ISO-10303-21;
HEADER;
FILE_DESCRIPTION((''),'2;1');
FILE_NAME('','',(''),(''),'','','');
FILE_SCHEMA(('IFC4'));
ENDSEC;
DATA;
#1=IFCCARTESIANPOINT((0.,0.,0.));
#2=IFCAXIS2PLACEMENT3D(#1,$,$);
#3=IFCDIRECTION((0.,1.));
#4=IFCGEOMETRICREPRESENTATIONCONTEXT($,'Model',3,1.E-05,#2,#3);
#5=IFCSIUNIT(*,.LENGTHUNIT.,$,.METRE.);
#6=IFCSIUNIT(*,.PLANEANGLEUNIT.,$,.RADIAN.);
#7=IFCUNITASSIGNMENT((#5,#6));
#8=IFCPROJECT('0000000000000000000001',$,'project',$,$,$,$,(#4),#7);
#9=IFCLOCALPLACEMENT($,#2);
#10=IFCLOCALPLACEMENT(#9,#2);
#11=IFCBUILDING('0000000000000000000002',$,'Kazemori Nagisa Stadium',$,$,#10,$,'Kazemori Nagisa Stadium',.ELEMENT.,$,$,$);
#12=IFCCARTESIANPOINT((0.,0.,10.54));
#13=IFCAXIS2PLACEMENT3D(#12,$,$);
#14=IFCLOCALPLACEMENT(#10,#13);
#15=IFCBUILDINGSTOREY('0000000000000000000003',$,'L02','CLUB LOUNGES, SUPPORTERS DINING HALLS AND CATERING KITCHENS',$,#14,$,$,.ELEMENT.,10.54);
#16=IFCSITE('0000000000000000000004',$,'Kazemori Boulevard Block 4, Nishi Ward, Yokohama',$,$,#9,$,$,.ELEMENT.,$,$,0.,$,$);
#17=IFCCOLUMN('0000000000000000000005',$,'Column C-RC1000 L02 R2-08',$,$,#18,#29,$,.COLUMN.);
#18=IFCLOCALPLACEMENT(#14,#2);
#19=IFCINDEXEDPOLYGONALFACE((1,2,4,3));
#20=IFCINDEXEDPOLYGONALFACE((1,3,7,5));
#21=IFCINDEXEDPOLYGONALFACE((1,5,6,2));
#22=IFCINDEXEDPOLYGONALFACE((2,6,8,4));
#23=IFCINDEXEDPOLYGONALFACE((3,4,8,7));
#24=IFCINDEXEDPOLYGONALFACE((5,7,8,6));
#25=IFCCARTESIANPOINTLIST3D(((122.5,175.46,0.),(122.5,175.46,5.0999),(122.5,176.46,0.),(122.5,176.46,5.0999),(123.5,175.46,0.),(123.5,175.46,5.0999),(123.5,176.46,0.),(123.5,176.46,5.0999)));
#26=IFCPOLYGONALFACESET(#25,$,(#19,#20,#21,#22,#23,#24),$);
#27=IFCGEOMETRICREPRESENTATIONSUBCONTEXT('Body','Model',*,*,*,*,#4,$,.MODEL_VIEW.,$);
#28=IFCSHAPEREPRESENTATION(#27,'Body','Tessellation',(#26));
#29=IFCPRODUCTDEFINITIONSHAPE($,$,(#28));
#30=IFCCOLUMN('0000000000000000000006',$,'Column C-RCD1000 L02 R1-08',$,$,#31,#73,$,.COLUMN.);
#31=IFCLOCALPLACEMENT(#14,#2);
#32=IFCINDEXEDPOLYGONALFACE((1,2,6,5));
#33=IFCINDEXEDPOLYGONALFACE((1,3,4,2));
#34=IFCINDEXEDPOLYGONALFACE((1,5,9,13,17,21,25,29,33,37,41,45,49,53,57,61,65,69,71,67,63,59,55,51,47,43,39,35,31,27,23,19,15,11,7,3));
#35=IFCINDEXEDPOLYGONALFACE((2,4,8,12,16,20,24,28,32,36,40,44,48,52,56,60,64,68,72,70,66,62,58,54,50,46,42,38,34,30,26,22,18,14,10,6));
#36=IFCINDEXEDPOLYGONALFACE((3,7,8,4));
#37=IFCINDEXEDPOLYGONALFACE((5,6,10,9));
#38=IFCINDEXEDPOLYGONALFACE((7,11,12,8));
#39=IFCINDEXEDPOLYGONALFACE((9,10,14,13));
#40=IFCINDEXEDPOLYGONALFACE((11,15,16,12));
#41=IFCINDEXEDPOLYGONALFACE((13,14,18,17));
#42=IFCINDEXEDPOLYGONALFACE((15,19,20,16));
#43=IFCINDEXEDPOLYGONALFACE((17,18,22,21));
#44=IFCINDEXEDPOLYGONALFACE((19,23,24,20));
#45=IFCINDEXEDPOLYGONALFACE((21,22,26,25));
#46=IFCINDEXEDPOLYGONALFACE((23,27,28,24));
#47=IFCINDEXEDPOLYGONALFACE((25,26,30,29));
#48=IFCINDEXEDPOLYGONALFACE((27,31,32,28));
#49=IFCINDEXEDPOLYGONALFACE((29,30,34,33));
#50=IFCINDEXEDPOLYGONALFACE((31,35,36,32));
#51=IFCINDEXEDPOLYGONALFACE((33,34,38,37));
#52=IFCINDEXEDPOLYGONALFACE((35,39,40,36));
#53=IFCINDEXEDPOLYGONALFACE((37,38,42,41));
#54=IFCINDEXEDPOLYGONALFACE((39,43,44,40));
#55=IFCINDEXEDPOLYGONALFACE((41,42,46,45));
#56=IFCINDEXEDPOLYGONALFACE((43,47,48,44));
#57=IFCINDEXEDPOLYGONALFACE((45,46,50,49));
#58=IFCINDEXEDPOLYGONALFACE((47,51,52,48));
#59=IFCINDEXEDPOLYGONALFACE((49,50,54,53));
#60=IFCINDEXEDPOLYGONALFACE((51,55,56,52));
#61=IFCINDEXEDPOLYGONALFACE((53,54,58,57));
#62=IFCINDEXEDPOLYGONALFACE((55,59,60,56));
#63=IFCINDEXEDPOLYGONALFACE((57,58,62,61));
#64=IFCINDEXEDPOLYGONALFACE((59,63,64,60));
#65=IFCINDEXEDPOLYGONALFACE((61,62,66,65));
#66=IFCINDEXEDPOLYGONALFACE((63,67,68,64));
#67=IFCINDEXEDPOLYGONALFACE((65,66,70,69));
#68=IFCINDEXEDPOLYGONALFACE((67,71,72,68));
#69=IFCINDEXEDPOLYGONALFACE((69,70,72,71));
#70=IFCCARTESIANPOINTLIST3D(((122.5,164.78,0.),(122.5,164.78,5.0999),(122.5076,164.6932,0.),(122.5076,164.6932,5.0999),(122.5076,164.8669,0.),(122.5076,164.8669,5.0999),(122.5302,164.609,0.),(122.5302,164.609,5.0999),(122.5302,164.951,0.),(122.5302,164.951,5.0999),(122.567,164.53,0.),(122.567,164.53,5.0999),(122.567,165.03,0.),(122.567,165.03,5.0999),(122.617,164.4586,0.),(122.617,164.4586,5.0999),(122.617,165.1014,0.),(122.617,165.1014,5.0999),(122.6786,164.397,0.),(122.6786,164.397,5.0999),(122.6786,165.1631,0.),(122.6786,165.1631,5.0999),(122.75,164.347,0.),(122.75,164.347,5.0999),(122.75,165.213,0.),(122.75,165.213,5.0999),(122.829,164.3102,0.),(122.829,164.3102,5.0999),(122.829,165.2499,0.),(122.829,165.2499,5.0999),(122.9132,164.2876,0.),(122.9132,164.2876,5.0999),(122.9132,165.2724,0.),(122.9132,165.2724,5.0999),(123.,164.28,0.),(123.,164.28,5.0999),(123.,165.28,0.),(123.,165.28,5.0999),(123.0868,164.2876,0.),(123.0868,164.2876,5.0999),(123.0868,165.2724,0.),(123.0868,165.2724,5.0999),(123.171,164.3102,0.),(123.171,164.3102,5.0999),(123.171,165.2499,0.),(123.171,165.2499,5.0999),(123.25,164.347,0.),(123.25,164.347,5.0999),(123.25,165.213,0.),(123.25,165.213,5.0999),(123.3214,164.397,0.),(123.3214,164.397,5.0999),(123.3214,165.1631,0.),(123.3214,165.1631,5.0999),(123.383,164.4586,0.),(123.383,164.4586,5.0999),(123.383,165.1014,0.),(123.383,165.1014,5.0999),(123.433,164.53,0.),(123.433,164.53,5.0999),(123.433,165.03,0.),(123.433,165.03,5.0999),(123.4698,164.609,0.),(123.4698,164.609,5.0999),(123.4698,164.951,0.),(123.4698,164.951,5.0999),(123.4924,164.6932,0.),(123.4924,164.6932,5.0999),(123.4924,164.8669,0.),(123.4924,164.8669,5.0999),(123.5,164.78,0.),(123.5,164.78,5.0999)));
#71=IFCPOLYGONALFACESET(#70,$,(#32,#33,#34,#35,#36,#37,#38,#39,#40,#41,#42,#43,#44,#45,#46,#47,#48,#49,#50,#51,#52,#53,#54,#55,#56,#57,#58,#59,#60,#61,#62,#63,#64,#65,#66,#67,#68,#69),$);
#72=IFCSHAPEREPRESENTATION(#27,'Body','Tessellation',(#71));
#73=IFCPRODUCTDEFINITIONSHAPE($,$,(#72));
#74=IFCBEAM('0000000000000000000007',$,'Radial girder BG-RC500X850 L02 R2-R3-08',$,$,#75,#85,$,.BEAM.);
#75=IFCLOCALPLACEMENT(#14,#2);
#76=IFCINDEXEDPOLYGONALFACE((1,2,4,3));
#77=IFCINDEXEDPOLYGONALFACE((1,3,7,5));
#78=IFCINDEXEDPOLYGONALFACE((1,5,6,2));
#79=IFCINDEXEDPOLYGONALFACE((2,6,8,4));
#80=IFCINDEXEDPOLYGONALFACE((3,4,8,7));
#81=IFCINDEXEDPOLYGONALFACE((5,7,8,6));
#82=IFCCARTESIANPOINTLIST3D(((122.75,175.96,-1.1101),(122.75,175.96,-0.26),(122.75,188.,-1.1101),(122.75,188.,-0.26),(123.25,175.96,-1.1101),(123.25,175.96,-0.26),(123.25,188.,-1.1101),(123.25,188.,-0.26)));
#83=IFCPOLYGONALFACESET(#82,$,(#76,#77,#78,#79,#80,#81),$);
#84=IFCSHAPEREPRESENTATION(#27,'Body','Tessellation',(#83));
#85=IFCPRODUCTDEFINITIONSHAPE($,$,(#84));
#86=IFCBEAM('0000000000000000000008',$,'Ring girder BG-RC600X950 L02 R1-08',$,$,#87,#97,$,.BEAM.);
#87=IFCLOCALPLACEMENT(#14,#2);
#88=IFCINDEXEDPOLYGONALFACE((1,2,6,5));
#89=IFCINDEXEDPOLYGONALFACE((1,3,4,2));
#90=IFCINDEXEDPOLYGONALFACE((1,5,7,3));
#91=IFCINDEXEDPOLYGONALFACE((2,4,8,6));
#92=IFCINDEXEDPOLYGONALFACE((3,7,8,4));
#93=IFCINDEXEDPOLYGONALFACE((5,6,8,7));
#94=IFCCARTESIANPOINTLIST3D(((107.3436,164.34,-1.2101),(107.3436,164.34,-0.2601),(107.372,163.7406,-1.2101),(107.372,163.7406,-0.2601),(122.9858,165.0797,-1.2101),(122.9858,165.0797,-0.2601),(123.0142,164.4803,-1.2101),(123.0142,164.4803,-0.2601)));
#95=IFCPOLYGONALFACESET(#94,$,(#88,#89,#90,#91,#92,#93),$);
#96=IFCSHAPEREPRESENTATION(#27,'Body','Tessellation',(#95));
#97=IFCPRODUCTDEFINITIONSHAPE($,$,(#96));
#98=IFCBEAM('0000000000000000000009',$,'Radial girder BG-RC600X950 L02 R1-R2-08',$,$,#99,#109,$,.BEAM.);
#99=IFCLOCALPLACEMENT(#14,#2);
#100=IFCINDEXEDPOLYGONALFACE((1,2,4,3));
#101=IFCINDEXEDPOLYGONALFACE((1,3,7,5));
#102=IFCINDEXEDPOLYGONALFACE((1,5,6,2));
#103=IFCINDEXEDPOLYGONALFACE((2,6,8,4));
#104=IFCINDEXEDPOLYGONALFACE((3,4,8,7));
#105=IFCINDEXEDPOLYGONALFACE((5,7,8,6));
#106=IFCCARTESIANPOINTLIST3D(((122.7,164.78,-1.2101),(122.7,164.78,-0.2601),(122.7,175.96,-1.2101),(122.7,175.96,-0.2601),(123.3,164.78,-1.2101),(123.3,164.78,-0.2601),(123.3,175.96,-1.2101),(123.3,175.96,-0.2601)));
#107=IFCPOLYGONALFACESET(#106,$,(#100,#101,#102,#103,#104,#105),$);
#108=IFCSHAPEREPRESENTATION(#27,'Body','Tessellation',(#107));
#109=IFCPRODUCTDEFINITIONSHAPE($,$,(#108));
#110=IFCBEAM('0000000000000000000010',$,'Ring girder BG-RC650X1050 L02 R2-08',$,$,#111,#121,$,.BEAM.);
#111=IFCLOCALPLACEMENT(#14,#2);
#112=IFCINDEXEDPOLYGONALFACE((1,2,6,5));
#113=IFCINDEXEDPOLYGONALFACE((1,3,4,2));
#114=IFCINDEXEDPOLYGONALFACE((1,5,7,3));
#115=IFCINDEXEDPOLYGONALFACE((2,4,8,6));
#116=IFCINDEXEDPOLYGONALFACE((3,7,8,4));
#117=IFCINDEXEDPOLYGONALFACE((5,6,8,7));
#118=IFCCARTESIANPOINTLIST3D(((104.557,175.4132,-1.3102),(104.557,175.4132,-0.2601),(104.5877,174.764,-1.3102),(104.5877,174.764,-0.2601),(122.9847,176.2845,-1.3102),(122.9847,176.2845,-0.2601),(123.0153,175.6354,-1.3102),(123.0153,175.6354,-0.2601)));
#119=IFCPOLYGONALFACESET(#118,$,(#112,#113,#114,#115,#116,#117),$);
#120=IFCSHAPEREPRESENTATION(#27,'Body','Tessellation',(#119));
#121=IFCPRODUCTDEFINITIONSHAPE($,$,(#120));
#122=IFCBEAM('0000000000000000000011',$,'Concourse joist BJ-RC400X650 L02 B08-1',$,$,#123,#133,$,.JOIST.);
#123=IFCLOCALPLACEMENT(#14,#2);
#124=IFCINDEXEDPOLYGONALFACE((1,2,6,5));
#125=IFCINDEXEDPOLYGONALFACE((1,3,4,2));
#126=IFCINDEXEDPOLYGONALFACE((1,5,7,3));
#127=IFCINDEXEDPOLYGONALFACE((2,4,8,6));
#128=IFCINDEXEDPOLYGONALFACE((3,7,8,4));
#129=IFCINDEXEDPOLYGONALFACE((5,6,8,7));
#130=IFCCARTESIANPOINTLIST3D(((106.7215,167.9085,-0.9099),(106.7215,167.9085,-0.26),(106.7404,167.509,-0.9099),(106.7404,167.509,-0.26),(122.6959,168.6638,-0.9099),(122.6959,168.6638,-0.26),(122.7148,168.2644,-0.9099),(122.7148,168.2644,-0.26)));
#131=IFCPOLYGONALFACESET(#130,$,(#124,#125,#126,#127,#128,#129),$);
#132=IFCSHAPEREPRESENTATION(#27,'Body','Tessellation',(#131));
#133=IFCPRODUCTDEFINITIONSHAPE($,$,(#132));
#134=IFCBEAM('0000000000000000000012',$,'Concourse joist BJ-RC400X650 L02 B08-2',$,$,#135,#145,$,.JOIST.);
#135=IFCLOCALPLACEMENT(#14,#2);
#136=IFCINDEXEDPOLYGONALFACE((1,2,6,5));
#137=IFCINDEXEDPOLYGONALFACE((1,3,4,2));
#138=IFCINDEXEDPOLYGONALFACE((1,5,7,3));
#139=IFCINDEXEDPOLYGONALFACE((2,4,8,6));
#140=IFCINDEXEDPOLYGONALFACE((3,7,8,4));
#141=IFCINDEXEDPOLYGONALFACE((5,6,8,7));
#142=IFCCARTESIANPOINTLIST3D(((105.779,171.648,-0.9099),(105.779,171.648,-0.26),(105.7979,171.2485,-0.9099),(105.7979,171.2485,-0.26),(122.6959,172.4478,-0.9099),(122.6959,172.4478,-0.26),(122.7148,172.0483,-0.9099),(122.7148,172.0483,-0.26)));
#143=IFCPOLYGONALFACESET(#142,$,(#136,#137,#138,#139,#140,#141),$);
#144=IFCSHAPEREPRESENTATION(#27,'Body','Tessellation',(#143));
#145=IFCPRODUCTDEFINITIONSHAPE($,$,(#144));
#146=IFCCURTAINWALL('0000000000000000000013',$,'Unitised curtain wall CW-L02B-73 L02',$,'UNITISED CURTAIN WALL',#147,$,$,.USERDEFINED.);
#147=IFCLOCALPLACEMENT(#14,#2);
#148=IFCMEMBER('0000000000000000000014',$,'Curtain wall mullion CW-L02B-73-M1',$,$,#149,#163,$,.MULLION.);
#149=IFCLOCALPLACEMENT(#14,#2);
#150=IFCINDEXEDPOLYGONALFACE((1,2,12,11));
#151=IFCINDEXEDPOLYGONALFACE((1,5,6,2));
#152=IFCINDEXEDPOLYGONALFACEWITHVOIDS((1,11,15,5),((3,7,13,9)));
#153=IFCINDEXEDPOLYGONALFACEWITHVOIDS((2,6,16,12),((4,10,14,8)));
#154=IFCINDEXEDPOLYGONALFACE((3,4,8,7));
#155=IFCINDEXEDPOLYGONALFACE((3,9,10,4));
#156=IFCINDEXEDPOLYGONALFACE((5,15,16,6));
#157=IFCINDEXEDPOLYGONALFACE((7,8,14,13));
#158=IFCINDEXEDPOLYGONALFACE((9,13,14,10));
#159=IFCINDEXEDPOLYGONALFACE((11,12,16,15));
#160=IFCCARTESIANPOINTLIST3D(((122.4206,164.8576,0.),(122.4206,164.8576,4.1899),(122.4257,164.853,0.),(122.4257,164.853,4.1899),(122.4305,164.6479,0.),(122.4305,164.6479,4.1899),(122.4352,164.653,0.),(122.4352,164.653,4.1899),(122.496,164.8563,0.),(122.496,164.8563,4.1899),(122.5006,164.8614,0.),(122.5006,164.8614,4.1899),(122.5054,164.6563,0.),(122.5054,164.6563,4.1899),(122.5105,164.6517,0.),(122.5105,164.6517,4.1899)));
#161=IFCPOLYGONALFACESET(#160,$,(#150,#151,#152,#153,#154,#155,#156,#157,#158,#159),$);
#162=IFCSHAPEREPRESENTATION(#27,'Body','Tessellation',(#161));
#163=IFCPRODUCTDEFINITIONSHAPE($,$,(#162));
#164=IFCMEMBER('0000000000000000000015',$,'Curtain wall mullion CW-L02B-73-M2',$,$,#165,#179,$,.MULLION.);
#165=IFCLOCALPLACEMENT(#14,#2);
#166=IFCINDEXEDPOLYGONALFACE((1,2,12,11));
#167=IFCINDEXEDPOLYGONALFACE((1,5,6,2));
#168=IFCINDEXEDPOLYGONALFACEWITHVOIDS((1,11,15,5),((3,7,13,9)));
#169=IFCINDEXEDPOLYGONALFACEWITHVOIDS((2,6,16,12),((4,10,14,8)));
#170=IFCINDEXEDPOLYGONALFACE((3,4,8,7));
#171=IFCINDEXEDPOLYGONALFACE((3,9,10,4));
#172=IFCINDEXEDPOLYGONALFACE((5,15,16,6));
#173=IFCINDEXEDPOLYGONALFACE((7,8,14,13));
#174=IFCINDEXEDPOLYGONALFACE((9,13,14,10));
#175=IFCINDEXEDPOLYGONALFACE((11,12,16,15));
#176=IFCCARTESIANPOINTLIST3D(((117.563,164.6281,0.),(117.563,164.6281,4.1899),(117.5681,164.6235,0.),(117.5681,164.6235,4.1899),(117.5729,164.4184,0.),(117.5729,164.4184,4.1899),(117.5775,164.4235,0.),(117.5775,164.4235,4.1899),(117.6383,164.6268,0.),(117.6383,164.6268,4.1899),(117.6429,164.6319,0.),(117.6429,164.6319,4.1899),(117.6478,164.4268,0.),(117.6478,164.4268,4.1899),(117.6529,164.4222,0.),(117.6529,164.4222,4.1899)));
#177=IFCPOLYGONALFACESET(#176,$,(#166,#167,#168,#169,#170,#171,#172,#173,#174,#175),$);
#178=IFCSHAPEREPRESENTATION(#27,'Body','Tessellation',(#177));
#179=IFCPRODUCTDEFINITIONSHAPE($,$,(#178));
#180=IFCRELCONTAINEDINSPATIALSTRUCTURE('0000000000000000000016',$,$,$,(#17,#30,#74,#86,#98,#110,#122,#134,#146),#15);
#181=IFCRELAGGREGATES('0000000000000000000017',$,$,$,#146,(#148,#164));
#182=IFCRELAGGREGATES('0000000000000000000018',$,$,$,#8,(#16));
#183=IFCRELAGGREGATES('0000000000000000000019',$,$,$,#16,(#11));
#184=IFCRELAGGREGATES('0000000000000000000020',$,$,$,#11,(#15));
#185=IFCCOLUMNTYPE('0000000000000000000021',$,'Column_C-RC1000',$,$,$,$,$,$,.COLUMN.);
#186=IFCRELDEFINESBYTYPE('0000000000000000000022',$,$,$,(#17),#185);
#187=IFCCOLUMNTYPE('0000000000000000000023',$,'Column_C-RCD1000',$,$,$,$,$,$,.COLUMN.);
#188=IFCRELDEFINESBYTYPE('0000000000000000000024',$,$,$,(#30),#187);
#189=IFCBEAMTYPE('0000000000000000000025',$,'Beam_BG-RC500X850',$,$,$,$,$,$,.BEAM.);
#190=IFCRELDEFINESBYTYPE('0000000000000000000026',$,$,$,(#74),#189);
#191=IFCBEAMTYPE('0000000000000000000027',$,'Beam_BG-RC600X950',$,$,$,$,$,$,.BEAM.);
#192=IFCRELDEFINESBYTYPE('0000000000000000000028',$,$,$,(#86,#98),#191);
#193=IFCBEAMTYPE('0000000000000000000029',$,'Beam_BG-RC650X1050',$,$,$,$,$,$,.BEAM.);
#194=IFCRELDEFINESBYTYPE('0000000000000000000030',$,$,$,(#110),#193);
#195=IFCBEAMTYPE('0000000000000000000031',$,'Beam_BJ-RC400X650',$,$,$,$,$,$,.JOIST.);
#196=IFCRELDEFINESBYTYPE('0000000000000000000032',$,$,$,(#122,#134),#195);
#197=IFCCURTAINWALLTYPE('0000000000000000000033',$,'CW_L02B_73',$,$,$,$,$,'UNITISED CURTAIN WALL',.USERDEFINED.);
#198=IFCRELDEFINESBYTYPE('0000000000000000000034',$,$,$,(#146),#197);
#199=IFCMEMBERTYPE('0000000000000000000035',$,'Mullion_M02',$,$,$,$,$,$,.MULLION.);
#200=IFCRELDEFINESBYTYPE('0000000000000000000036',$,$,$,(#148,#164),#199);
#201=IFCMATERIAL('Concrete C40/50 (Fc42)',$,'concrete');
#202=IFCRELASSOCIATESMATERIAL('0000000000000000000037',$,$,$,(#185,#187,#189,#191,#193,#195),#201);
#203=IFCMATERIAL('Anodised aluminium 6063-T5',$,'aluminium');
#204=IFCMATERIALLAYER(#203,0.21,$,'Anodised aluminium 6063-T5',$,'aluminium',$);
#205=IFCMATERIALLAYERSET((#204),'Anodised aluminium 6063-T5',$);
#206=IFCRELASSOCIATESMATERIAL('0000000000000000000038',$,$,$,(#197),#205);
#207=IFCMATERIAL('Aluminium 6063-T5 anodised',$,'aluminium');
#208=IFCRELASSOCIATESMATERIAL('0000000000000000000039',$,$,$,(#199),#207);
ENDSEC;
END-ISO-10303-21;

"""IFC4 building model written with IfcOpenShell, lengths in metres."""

from ifc_helpers import new_model, si_unit, direction, frame, origin, origin_2d, place, context, subcontext, project, spatial, rectangle, hollow_rectangle, circle, extrude, material, layer, layer_set, material_profile, profile_set, type_object, element, aggregate, save


model = new_model("IFC4")

# Units and contexts
model_context = context("Model", 3, precision=1e-05, world=origin(), true_north=direction((0.0, 1.0)))
body_context = subcontext(model_context, "Body", "Model", "MODEL_VIEW")
ifc_project = project(units=[si_unit("LENGTHUNIT", "METRE"), si_unit("PLANEANGLEUNIT", "RADIAN")], contexts=[model_context])

# Site, building, storey
site_placement = place(None, origin())
site = spatial("IfcSite", under=ifc_project, at=site_placement, Name="Kazemori Boulevard Block 4, Nishi Ward, Yokohama", CompositionType="ELEMENT", RefElevation=0.0)
building_placement = place(site_placement, origin())
building = spatial("IfcBuilding", under=site, at=building_placement, Name="Kazemori Nagisa Stadium", LongName="Kazemori Nagisa Stadium", CompositionType="ELEMENT")
storey_placement = place(building_placement, frame((0.0, 0.0, 10.54)))
storey = spatial("IfcBuildingStorey", under=building, at=storey_placement, Name="L02", Description="CLUB LOUNGES, SUPPORTERS DINING HALLS AND CATERING KITCHENS", CompositionType="ELEMENT", Elevation=10.54)

# Columns
ifc_material_1 = material(Name="Concrete C40/50 (Fc42)", Category="concrete")
ifc_material_profile_1 = material_profile(ifc_material_1, rectangle(XDim=1.0, YDim=1.0, at=origin_2d()), Name="RC-COL-1000x1000")
ifc_profile_set_1 = profile_set([ifc_material_profile_1], Name="Concrete C40/50 (Fc42)")
column_type_1 = type_object("IfcColumnType", Name="Column_C-RC1000", PredefinedType="COLUMN", material=ifc_profile_set_1)
column_1_placement = place(storey_placement, frame((123.0, 175.96, 0.0), z_axis=(0.0, 0.0, 1.0), x_axis=(0.0, 1.0, 0.0)))
element("IfcColumn", 1, at=column_1_placement, inside=storey, type_object=column_type_1, Name="Column C-RC1000 L02 R2-08", PredefinedType="COLUMN", context=body_context, shape_type="SweptSolid", body=[
    extrude(rectangle(XDim=1.0, YDim=1.0, at=origin_2d()), origin(), (0.0, 0.0, 1.0), 5.0999),
])
ifc_material_profile_2 = material_profile(ifc_material_1, circle(Radius=0.5, at=origin_2d()), Name="RC-COL-D1000")
ifc_profile_set_2 = profile_set([ifc_material_profile_2], Name="Concrete C40/50 (Fc42)")
column_type_2 = type_object("IfcColumnType", Name="Column_C-RCD1000", PredefinedType="COLUMN", material=ifc_profile_set_2)
column_2_placement = place(storey_placement, frame((123.0, 164.78, 0.0), z_axis=(0.0, 0.0, 1.0), x_axis=(0.0, 1.0, 0.0)))
element("IfcColumn", 2, at=column_2_placement, inside=storey, type_object=column_type_2, Name="Column C-RCD1000 L02 R1-08", PredefinedType="COLUMN", context=body_context, shape_type="SweptSolid", body=[
    extrude(circle(Radius=0.5, at=origin_2d()), origin(), (0.0, 0.0, 1.0), 5.0999),
])

# Beams
ifc_material_profile_3 = material_profile(ifc_material_1, rectangle(XDim=0.5, YDim=0.8501, at=origin_2d()), Name="RC-BM-500x850")
ifc_profile_set_3 = profile_set([ifc_material_profile_3], Name="Concrete C40/50 (Fc42)")
beam_type_1 = type_object("IfcBeamType", Name="Beam_BG-RC500X850", PredefinedType="BEAM", material=ifc_profile_set_3)
beam_1_placement = place(storey_placement, frame((123.0, 175.96, -0.6851), z_axis=(0.0, 1.0, 0.0), x_axis=(-1.0, 0.0, 0.0)))
element("IfcBeam", 3, at=beam_1_placement, inside=storey, type_object=beam_type_1, Name="Radial girder BG-RC500X850 L02 R2-R3-08", PredefinedType="BEAM", context=body_context, shape_type="SweptSolid", body=[
    extrude(rectangle(XDim=0.5, YDim=0.8501, at=origin_2d()), origin(), (0.0, 0.0, 1.0), 12.04),
])
ifc_material_profile_4 = material_profile(ifc_material_1, rectangle(XDim=0.6001, YDim=0.95, at=origin_2d()), Name="RC-BM-600x950")
ifc_profile_set_4 = profile_set([ifc_material_profile_4], Name="Concrete C40/50 (Fc42)")
beam_type_2 = type_object("IfcBeamType", Name="Beam_BG-RC600X950", PredefinedType="BEAM", material=ifc_profile_set_4)
beam_2_placement = place(storey_placement, frame((123.0, 164.78, -0.7351), z_axis=(-0.998884, -0.047239, 0.0), x_axis=(0.047239, -0.998884, 0.0)))
element("IfcBeam", 4, at=beam_2_placement, inside=storey, type_object=beam_type_2, Name="Ring girder BG-RC600X950 L02 R1-08", PredefinedType="BEAM", context=body_context, shape_type="SweptSolid", body=[
    extrude(rectangle(XDim=0.6001, YDim=0.95, at=origin_2d()), origin(), (0.0, 0.0, 1.0), 15.6597),
])
beam_3_placement = place(storey_placement, frame((123.0, 164.78, -0.7351), z_axis=(0.0, 1.0, 0.0), x_axis=(-1.0, 0.0, 0.0)))
element("IfcBeam", 5, at=beam_3_placement, inside=storey, type_object=beam_type_2, Name="Radial girder BG-RC600X950 L02 R1-R2-08", PredefinedType="BEAM", context=body_context, shape_type="SweptSolid", body=[
    extrude(rectangle(XDim=0.6001, YDim=0.95, at=origin_2d()), origin(), (0.0, 0.0, 1.0), 11.1799),
])
ifc_material_profile_5 = material_profile(ifc_material_1, rectangle(XDim=0.6499, YDim=1.05, at=origin_2d()), Name="RC-BM-650x1050")
ifc_profile_set_5 = profile_set([ifc_material_profile_5], Name="Concrete C40/50 (Fc42)")
beam_type_3 = type_object("IfcBeamType", Name="Beam_BG-RC650X1050", PredefinedType="BEAM", material=ifc_profile_set_5)
beam_4_placement = place(storey_placement, frame((123.0, 175.96, -0.7852), z_axis=(-0.998884, -0.047231, 0.0), x_axis=(0.047231, -0.998884, 0.0)))
element("IfcBeam", 6, at=beam_4_placement, inside=storey, type_object=beam_type_3, Name="Ring girder BG-RC650X1050 L02 R2-08", PredefinedType="BEAM", context=body_context, shape_type="SweptSolid", body=[
    extrude(rectangle(XDim=0.6499, YDim=1.05, at=origin_2d()), origin(), (0.0, 0.0, 1.0), 18.4482),
])
ifc_material_profile_6 = material_profile(ifc_material_1, rectangle(XDim=0.3999, YDim=0.6499, at=origin_2d()), Name="RC-BM-400x650")
ifc_profile_set_6 = profile_set([ifc_material_profile_6], Name="Concrete C40/50 (Fc42)")
beam_type_4 = type_object("IfcBeamType", Name="Beam_BJ-RC400X650", PredefinedType="JOIST", material=ifc_profile_set_6)
beam_5_placement = place(storey_placement, frame((122.7053, 168.4641, -0.585), z_axis=(-0.998884, -0.047234, 0.0), x_axis=(0.047234, -0.998884, 0.0)))
element("IfcBeam", 7, at=beam_5_placement, inside=storey, type_object=beam_type_4, Name="Concourse joist BJ-RC400X650 L02 B08-1", PredefinedType="JOIST", context=body_context, shape_type="SweptSolid", body=[
    extrude(rectangle(XDim=0.3999, YDim=0.6499, at=origin_2d()), origin(), (0.0, 0.0, 1.0), 15.9922),
])
beam_6_placement = place(storey_placement, frame((122.7053, 172.248, -0.585), z_axis=(-0.998884, -0.047225, 0.0), x_axis=(0.047225, -0.998884, 0.0)))
element("IfcBeam", 8, at=beam_6_placement, inside=storey, type_object=beam_type_4, Name="Concourse joist BJ-RC400X650 L02 B08-2", PredefinedType="JOIST", context=body_context, shape_type="SweptSolid", body=[
    extrude(rectangle(XDim=0.3999, YDim=0.6499, at=origin_2d()), origin(), (0.0, 0.0, 1.0), 16.9358),
])

# Curtain wall, members
ifc_material_2 = material(Name="Anodised aluminium 6063-T5", Category="aluminium")
ifc_layer_1 = layer(ifc_material_2, 0.21, Name="Anodised aluminium 6063-T5", Category="aluminium")
ifc_layer_set_1 = layer_set([ifc_layer_1], Name="Anodised aluminium 6063-T5")
curtain_wall_type = type_object("IfcCurtainWallType", Name="CW_L02B_73", ElementType="UNITISED CURTAIN WALL", PredefinedType="USERDEFINED", material=ifc_layer_set_1)
curtain_wall_placement = place(storey_placement, origin())
curtain_wall = element("IfcCurtainWall", 9, at=curtain_wall_placement, inside=storey, type_object=curtain_wall_type, Name="Unitised curtain wall CW-L02B-73 L02", ObjectType="UNITISED CURTAIN WALL", PredefinedType="USERDEFINED")
ifc_material_3 = material(Name="Aluminium 6063-T5 anodised", Category="aluminium")
ifc_material_profile_7 = material_profile(ifc_material_3, hollow_rectangle(XDim=0.0801, YDim=0.21, WallThickness=0.0049, at=origin_2d()), Name="ALU-MULL-80x210x5")
ifc_profile_set_7 = profile_set([ifc_material_profile_7], Name="Aluminium 6063-T5 anodised")
member_type_1 = type_object("IfcMemberType", Name="Mullion_M02", PredefinedType="MULLION", material=ifc_profile_set_7)
member_1_placement = place(storey_placement, frame((122.4656, 164.7546, 0.0), z_axis=(0.0, 0.0, 1.0), x_axis=(-0.998884, -0.04723, 0.0)))
member_1 = element("IfcMember", 10, at=member_1_placement, type_object=member_type_1, Name="Curtain wall mullion CW-L02B-73-M1", PredefinedType="MULLION", context=body_context, shape_type="SweptSolid", body=[
    extrude(hollow_rectangle(XDim=0.0801, YDim=0.21, WallThickness=0.0049, at=origin_2d()), origin(), (0.0, 0.0, 1.0), 4.1899),
])
member_2_placement = place(storey_placement, frame((117.6079, 164.5251, 0.0), z_axis=(0.0, 0.0, 1.0), x_axis=(-0.998884, -0.04723, 0.0)))
member_2 = element("IfcMember", 11, at=member_2_placement, type_object=member_type_1, Name="Curtain wall mullion CW-L02B-73-M2", PredefinedType="MULLION", context=body_context, shape_type="SweptSolid", body=[
    extrude(hollow_rectangle(XDim=0.0801, YDim=0.21, WallThickness=0.0049, at=origin_2d()), origin(), (0.0, 0.0, 1.0), 4.1899),
])
aggregate(curtain_wall, [member_1, member_2])

save(model, "model.ifc")
